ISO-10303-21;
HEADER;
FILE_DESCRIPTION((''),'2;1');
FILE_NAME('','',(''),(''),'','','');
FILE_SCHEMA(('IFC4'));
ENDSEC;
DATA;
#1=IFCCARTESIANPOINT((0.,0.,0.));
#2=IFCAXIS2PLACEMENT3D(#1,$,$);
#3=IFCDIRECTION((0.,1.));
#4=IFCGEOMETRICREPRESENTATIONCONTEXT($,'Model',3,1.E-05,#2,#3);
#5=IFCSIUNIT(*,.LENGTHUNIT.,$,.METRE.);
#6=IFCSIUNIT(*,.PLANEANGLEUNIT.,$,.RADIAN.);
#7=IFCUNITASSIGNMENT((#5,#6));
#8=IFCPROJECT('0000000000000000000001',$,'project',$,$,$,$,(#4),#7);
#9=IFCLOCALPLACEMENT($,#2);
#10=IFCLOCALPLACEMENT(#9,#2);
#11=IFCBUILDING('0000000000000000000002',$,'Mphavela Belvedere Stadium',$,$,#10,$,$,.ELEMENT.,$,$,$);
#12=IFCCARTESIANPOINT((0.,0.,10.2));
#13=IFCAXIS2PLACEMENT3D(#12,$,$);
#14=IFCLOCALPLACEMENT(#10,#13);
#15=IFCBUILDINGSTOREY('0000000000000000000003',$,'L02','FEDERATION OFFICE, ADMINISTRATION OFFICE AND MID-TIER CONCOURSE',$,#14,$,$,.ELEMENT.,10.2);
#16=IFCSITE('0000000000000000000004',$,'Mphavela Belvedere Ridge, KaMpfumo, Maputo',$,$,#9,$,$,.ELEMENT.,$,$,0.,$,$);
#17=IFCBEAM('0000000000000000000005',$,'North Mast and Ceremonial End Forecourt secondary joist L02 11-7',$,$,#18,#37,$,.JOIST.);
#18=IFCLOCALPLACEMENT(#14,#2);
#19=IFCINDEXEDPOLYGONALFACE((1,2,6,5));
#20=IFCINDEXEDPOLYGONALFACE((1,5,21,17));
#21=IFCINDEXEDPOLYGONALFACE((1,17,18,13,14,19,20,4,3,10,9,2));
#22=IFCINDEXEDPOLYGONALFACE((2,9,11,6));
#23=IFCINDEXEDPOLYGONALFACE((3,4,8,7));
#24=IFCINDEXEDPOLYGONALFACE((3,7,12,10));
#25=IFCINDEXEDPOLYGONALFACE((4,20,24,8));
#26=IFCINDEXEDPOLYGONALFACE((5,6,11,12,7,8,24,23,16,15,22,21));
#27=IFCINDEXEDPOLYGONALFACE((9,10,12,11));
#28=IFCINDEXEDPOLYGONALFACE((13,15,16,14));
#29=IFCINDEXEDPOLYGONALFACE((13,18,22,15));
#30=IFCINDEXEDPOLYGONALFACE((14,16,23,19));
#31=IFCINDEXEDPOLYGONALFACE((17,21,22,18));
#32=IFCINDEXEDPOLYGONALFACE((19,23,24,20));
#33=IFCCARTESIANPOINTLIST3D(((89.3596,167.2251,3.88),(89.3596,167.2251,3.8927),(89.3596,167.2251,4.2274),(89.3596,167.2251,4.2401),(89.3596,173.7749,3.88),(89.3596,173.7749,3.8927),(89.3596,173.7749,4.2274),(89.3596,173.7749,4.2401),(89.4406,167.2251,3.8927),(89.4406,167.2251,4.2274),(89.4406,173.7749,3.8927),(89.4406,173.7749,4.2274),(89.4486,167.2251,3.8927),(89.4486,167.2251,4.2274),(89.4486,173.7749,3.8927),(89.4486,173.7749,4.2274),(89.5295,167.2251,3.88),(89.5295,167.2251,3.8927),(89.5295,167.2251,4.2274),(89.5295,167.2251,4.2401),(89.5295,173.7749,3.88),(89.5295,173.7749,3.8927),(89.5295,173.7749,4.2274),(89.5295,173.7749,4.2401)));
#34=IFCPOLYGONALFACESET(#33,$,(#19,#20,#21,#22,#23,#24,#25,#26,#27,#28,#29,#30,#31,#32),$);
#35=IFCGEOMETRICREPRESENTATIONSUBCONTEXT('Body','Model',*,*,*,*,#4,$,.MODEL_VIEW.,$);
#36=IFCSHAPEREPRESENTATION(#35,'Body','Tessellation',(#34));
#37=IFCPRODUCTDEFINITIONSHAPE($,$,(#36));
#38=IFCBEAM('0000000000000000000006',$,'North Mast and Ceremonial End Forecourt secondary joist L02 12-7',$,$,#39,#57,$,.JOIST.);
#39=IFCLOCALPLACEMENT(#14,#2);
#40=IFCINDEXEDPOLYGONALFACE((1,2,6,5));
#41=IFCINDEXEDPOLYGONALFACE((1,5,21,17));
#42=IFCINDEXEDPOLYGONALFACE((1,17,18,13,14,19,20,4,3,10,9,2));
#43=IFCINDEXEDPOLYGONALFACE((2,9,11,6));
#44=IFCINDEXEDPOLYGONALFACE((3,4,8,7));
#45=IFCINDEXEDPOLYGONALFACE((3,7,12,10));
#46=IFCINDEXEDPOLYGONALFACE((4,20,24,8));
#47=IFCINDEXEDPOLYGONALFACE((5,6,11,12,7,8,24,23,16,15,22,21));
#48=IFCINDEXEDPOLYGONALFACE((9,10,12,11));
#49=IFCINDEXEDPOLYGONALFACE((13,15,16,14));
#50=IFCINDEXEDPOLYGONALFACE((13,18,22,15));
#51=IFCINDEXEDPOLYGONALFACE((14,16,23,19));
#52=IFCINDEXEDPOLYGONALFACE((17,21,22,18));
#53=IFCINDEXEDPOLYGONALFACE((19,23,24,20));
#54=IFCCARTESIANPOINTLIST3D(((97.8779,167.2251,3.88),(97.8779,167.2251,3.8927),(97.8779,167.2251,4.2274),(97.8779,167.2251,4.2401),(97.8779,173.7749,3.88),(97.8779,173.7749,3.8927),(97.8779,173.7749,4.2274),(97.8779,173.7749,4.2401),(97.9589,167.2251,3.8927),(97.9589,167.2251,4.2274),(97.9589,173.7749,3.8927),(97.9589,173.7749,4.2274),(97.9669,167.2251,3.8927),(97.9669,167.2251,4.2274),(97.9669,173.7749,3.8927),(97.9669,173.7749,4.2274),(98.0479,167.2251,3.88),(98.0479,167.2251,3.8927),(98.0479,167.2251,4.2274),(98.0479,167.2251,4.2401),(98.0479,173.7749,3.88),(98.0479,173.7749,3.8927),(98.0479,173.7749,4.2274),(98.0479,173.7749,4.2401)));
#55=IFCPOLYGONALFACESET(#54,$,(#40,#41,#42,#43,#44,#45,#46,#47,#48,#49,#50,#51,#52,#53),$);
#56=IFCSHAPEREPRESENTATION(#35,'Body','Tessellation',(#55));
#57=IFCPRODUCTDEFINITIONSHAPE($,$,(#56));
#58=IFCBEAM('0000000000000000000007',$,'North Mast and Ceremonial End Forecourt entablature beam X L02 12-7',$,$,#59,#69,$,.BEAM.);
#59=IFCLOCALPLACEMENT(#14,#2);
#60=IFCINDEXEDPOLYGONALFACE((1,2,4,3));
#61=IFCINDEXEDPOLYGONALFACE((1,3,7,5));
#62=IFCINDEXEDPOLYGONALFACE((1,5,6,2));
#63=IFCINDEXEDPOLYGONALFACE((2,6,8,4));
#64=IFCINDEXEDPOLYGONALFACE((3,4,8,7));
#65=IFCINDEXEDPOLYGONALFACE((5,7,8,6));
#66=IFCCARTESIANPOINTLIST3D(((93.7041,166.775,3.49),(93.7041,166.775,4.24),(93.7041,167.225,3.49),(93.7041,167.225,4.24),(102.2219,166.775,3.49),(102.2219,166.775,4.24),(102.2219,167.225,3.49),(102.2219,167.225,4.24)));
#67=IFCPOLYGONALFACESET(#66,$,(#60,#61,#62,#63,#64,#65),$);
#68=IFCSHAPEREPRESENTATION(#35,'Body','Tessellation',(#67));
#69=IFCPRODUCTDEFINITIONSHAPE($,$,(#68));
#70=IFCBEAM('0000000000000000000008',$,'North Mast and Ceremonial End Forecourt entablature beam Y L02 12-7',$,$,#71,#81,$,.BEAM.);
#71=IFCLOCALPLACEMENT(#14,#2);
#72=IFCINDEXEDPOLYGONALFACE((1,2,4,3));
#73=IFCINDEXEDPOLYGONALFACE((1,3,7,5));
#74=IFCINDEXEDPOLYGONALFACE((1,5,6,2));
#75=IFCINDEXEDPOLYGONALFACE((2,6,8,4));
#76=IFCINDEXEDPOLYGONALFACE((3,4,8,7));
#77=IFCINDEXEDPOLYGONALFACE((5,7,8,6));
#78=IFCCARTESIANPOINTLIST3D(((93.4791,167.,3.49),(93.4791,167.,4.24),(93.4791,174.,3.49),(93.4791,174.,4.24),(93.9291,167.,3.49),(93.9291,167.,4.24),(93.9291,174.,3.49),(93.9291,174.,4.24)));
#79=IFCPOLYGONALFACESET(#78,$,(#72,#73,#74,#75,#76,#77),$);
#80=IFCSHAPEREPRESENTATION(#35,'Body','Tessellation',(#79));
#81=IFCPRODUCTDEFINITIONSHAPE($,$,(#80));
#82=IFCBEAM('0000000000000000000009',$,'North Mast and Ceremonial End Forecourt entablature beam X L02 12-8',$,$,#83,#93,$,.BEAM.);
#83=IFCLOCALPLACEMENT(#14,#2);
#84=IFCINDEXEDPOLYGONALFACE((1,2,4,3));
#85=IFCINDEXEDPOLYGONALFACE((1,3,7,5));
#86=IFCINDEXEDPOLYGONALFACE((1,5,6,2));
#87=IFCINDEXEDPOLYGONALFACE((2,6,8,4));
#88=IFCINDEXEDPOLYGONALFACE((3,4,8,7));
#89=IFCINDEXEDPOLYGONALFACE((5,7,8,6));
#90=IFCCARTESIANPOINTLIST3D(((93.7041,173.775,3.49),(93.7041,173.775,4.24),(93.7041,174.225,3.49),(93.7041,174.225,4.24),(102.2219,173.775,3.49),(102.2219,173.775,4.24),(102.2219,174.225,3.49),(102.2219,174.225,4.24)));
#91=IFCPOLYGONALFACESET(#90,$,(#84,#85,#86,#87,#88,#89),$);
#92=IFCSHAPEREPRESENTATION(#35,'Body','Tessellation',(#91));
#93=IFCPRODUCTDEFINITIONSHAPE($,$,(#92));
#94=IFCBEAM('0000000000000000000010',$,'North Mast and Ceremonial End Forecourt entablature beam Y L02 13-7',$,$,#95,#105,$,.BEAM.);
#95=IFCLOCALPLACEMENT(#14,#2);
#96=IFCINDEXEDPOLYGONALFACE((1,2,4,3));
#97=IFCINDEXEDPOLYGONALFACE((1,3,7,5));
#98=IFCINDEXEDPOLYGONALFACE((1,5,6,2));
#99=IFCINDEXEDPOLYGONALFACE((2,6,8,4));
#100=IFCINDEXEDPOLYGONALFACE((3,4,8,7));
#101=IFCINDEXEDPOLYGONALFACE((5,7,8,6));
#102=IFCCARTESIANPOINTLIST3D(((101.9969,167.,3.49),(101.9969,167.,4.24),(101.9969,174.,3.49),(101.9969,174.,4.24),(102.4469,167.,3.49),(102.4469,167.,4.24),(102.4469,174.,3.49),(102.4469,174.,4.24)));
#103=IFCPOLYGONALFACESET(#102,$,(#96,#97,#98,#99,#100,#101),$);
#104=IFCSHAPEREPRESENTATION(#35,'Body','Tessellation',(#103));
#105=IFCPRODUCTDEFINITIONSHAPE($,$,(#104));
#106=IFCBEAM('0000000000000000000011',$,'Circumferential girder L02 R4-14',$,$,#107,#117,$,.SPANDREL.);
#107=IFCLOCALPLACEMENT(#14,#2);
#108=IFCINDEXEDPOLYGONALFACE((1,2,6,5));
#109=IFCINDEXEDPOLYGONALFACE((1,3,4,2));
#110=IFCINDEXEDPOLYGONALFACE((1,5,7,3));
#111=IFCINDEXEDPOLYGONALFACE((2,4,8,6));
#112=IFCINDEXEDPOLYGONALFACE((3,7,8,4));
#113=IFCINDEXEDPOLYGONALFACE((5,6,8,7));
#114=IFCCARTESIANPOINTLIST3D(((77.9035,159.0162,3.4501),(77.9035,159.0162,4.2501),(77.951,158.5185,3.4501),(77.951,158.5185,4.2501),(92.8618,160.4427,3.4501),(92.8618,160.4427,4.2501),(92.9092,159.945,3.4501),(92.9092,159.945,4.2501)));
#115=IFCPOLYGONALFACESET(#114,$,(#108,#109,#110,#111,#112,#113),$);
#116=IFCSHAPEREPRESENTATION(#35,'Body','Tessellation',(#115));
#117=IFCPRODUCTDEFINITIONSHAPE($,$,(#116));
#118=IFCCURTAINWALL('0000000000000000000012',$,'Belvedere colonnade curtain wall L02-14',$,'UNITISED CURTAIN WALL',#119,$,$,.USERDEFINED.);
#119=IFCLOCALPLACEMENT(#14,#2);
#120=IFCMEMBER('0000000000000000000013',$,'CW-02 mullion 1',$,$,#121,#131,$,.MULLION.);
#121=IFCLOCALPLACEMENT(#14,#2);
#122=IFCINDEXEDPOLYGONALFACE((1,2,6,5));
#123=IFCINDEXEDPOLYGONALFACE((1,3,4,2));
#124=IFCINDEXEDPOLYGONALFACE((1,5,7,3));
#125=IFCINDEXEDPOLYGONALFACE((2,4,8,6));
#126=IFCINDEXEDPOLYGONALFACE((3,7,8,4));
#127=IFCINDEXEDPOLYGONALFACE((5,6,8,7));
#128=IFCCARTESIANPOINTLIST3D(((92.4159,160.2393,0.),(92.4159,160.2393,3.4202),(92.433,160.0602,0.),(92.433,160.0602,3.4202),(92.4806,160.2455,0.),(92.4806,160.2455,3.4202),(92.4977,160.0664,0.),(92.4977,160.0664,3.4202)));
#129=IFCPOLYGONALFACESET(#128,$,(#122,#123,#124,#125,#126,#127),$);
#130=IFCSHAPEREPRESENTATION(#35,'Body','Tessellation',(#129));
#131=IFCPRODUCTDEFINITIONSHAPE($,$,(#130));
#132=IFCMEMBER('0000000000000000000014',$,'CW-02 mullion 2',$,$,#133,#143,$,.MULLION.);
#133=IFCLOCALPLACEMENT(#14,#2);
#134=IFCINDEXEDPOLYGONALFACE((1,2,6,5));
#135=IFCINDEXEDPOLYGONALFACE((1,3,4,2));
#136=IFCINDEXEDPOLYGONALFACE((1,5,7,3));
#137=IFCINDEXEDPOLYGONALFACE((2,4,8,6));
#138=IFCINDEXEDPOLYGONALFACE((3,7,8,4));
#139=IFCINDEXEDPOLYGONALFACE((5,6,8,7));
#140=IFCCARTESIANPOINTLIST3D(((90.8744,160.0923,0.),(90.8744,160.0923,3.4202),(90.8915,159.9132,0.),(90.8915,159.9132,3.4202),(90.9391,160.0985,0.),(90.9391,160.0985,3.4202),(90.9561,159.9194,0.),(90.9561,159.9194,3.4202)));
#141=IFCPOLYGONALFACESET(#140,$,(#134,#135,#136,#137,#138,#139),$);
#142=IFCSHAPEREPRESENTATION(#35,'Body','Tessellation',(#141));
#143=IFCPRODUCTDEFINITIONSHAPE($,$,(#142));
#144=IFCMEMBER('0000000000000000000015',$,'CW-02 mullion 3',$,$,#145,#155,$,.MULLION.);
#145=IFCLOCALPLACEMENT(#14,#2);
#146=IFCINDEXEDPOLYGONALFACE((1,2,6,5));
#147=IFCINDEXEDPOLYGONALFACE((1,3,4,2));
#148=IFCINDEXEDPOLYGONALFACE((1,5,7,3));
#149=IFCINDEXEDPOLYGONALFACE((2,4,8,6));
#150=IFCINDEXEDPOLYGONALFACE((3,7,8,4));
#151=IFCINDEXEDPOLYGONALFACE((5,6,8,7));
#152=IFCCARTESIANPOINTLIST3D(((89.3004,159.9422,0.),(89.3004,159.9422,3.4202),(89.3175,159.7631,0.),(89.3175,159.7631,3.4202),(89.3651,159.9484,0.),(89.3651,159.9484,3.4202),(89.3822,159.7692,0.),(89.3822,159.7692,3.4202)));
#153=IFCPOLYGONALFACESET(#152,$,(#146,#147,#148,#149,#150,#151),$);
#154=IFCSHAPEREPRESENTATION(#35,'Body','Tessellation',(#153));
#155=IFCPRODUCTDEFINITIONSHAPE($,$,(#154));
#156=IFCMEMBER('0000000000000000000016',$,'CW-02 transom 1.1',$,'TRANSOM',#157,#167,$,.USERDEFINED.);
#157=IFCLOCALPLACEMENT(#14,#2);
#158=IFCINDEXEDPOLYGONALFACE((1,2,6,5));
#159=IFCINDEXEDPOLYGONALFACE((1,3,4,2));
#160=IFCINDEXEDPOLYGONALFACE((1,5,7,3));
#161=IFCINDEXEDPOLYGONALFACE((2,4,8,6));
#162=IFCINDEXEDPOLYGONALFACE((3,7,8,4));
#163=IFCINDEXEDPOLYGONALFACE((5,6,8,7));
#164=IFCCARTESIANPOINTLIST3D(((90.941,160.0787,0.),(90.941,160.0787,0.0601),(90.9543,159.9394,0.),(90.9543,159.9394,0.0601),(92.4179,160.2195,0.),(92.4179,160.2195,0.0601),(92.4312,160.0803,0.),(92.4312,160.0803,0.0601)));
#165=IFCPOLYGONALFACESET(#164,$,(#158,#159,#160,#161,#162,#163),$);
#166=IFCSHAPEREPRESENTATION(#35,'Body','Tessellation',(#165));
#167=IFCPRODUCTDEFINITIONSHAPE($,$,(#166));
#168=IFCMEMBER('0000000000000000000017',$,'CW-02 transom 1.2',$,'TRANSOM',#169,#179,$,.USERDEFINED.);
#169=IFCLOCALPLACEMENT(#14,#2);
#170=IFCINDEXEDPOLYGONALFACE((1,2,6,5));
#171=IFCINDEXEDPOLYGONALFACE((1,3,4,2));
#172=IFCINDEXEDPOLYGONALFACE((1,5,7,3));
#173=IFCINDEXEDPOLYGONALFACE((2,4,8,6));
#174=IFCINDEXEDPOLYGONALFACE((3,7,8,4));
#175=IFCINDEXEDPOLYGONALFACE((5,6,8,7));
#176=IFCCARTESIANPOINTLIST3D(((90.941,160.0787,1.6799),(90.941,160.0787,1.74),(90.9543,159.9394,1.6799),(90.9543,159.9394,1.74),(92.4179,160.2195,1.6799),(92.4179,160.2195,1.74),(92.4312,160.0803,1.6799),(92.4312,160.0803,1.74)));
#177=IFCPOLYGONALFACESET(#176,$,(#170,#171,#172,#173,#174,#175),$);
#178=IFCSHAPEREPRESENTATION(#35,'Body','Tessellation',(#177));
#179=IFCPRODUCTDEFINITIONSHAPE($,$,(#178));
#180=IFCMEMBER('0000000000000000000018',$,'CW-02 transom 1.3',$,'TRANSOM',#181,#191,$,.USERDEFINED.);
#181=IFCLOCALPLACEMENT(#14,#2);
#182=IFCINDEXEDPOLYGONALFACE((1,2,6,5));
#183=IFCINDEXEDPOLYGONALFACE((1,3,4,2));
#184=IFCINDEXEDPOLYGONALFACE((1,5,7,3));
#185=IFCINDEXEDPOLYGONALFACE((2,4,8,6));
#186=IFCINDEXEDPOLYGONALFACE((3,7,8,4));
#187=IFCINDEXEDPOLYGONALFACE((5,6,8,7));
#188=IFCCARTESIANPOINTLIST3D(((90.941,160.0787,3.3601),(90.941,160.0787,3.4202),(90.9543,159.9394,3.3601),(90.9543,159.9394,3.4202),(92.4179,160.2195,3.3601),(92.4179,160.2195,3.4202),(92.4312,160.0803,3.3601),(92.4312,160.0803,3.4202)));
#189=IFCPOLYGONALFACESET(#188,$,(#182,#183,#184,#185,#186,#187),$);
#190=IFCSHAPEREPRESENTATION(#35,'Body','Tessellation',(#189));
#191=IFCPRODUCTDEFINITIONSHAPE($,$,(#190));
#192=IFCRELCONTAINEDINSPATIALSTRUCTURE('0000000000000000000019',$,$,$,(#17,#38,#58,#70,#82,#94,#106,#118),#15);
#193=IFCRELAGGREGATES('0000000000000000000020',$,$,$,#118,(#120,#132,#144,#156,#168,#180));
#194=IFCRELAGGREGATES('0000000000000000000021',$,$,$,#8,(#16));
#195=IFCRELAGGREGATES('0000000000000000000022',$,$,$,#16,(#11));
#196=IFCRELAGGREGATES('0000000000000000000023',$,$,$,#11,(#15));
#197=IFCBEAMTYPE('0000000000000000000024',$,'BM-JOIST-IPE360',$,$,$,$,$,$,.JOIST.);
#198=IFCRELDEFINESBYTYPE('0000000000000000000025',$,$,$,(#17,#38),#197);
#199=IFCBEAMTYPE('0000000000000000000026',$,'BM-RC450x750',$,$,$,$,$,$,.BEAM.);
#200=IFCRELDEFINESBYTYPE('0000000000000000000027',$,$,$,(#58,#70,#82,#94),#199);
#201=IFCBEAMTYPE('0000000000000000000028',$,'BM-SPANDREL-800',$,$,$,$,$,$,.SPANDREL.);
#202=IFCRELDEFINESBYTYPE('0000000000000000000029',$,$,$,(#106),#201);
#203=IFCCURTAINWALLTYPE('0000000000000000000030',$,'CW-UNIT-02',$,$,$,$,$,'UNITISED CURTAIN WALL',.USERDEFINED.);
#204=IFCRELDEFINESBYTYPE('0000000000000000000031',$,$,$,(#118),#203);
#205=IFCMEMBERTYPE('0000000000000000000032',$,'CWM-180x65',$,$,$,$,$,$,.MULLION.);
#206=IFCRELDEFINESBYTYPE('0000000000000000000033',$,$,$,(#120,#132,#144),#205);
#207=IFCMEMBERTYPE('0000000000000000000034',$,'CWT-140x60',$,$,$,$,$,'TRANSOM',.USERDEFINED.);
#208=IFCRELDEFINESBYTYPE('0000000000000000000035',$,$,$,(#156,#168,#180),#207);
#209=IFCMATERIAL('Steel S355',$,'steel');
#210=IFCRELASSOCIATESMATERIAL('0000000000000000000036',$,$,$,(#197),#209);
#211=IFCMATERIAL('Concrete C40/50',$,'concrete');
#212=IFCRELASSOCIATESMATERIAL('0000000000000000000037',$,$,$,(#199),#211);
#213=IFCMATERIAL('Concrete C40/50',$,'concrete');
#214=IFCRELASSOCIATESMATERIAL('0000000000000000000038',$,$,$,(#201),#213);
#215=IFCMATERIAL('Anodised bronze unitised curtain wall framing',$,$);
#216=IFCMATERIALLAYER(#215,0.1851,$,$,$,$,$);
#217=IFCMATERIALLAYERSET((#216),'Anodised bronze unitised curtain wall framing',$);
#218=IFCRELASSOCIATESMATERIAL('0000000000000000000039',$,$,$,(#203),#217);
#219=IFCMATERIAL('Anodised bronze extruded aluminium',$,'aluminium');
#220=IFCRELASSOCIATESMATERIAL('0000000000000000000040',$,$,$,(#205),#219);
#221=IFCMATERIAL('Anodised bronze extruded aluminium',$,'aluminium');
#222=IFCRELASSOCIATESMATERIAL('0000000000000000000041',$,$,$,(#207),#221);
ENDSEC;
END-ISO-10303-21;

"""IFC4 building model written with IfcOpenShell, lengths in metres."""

from ifc_helpers import new_model, si_unit, direction, frame, origin, origin_2d, place, context, subcontext, project, spatial, rectangle, i_section, extrude, material, layer, layer_set, material_profile, profile_set, type_object, element, aggregate, save


model = new_model("IFC4")

# Units and contexts
model_context = context("Model", 3, precision=1e-05, world=origin(), true_north=direction((0.0, 1.0)))
body_context = subcontext(model_context, "Body", "Model", "MODEL_VIEW")
ifc_project = project(units=[si_unit("LENGTHUNIT", "METRE"), si_unit("PLANEANGLEUNIT", "RADIAN")], contexts=[model_context])

# Site, building, storey
site_placement = place(None, origin())
site = spatial("IfcSite", under=ifc_project, at=site_placement, Name="Mphavela Belvedere Ridge, KaMpfumo, Maputo", CompositionType="ELEMENT", RefElevation=0.0)
building_placement = place(site_placement, origin())
building = spatial("IfcBuilding", under=site, at=building_placement, Name="Mphavela Belvedere Stadium", CompositionType="ELEMENT")
storey_placement = place(building_placement, frame((0.0, 0.0, 10.2)))
storey = spatial("IfcBuildingStorey", under=building, at=storey_placement, Name="L02", Description="FEDERATION OFFICE, ADMINISTRATION OFFICE AND MID-TIER CONCOURSE", CompositionType="ELEMENT", Elevation=10.2)

# Beams
ifc_material_1 = material(Name="Steel S355", Category="steel")
ifc_material_profile_1 = material_profile(ifc_material_1, i_section(OverallWidth=0.1699, OverallDepth=0.3601, WebThickness=0.0081, FlangeThickness=0.0127, at=origin_2d()), Name="IPE 360")
ifc_profile_set_1 = profile_set([ifc_material_profile_1], Name="Steel S355")
beam_type_1 = type_object("IfcBeamType", Name="BM-JOIST-IPE360", PredefinedType="JOIST", material=ifc_profile_set_1)
for number, where, z_axis, x_axis, name in (
    (1, (89.4446, 167.2251, 4.0601), (0.0, 1.0, 0.0), (-1.0, 0.0, 0.0), "North Mast and Ceremonial End Forecourt secondary joist L02 11-7"),
    (2, (97.9629, 167.2251, 4.0601), (0.0, 1.0, 0.0), (-1.0, 0.0, 0.0), "North Mast and Ceremonial End Forecourt secondary joist L02 12-7"),
):
    element("IfcBeam", number, at=place(storey_placement, frame(where, z_axis=z_axis, x_axis=x_axis)), inside=storey, type_object=beam_type_1, Name=name, PredefinedType="JOIST", context=body_context, shape_type="SweptSolid", body=[
        extrude(i_section(OverallWidth=0.1699, OverallDepth=0.3601, WebThickness=0.0081, FlangeThickness=0.0127, at=origin_2d()), origin(), (0.0, 0.0, 1.0), 6.5498),
    ])
ifc_material_2 = material(Name="Concrete C40/50", Category="concrete")
ifc_material_profile_2 = material_profile(ifc_material_2, rectangle(XDim=0.45, YDim=0.75, at=origin_2d()), Name="RC 450x750")
ifc_profile_set_2 = profile_set([ifc_material_profile_2], Name="Concrete C40/50")
beam_type_2 = type_object("IfcBeamType", Name="BM-RC450x750", PredefinedType="BEAM", material=ifc_profile_set_2)
beam_1_placement = place(storey_placement, frame((93.7041, 167.0, 3.865), z_axis=(1.0, 0.0, 0.0), x_axis=(0.0, 1.0, 0.0)))
element("IfcBeam", 3, at=beam_1_placement, inside=storey, type_object=beam_type_2, Name="North Mast and Ceremonial End Forecourt entablature beam X L02 12-7", PredefinedType="BEAM", context=body_context, shape_type="SweptSolid", body=[
    extrude(rectangle(XDim=0.45, YDim=0.75, at=origin_2d()), origin(), (0.0, 0.0, 1.0), 8.5178),
])
beam_2_placement = place(storey_placement, frame((93.7041, 167.0, 3.865), z_axis=(0.0, 1.0, 0.0), x_axis=(-1.0, 0.0, 0.0)))
element("IfcBeam", 4, at=beam_2_placement, inside=storey, type_object=beam_type_2, Name="North Mast and Ceremonial End Forecourt entablature beam Y L02 12-7", PredefinedType="BEAM", context=body_context, shape_type="SweptSolid", body=[
    extrude(rectangle(XDim=0.45, YDim=0.75, at=origin_2d()), origin(), (0.0, 0.0, 1.0), 7.0),
])
beam_3_placement = place(storey_placement, frame((93.7041, 174.0, 3.865), z_axis=(1.0, 0.0, 0.0), x_axis=(0.0, 1.0, 0.0)))
element("IfcBeam", 5, at=beam_3_placement, inside=storey, type_object=beam_type_2, Name="North Mast and Ceremonial End Forecourt entablature beam X L02 12-8", PredefinedType="BEAM", context=body_context, shape_type="SweptSolid", body=[
    extrude(rectangle(XDim=0.45, YDim=0.75, at=origin_2d()), origin(), (0.0, 0.0, 1.0), 8.5178),
])
beam_4_placement = place(storey_placement, frame((102.2219, 167.0, 3.865), z_axis=(0.0, 1.0, 0.0), x_axis=(-1.0, 0.0, 0.0)))
element("IfcBeam", 6, at=beam_4_placement, inside=storey, type_object=beam_type_2, Name="North Mast and Ceremonial End Forecourt entablature beam Y L02 13-7", PredefinedType="BEAM", context=body_context, shape_type="SweptSolid", body=[
    extrude(rectangle(XDim=0.45, YDim=0.75, at=origin_2d()), origin(), (0.0, 0.0, 1.0), 7.0),
])
ifc_material_3 = material(Name="Concrete C40/50", Category="concrete")
ifc_material_profile_3 = material_profile(ifc_material_3, rectangle(XDim=0.5, YDim=0.8, at=origin_2d()), Name="RC 500x800")
ifc_profile_set_3 = profile_set([ifc_material_profile_3], Name="Concrete C40/50")
beam_type_3 = type_object("IfcBeamType", Name="BM-SPANDREL-800", PredefinedType="SPANDREL", material=ifc_profile_set_3)
beam_5_placement = place(storey_placement, frame((92.8855, 160.1938, 3.8501), z_axis=(-0.995483, -0.094936, 0.0), x_axis=(0.094936, -0.995483, 0.0)))
element("IfcBeam", 7, at=beam_5_placement, inside=storey, type_object=beam_type_3, Name="Circumferential girder L02 R4-14", PredefinedType="SPANDREL", context=body_context, shape_type="SweptSolid", body=[
    extrude(rectangle(XDim=0.5, YDim=0.8, at=origin_2d()), origin(), (0.0, 0.0, 1.0), 15.0261),
])

# Curtain wall, members
ifc_material_4 = material(Name="Anodised bronze unitised curtain wall framing")
ifc_layer_1 = layer(ifc_material_4, 0.1851)
ifc_layer_set_1 = layer_set([ifc_layer_1], Name="Anodised bronze unitised curtain wall framing")
curtain_wall_type = type_object("IfcCurtainWallType", Name="CW-UNIT-02", ElementType="UNITISED CURTAIN WALL", PredefinedType="USERDEFINED", material=ifc_layer_set_1)
curtain_wall_placement = place(storey_placement, origin())
curtain_wall = element("IfcCurtainWall", 8, at=curtain_wall_placement, inside=storey, type_object=curtain_wall_type, Name="Belvedere colonnade curtain wall L02-14", ObjectType="UNITISED CURTAIN WALL", PredefinedType="USERDEFINED")
ifc_material_5 = material(Name="Anodised bronze extruded aluminium", Category="aluminium")
ifc_material_profile_4 = material_profile(ifc_material_5, rectangle(XDim=0.1799, YDim=0.0649, at=origin_2d()), Name="CW-MUL 180x65")
ifc_profile_set_4 = profile_set([ifc_material_profile_4], Name="Anodised bronze extruded aluminium")
member_type_1 = type_object("IfcMemberType", Name="CWM-180x65", PredefinedType="MULLION", material=ifc_profile_set_4)
member_1_placement = place(storey_placement, frame((92.4568, 160.1528, 0.0), z_axis=(0.0, 0.0, 1.0), x_axis=(0.094926, -0.995484, 0.0)))
member_1 = element("IfcMember", 9, at=member_1_placement, type_object=member_type_1, Name="CW-02 mullion 1", PredefinedType="MULLION", context=body_context, shape_type="SweptSolid", body=[
    extrude(rectangle(XDim=0.1799, YDim=0.0649, at=origin_2d()), origin(), (0.0, 0.0, 1.0), 3.4202),
])
member_2_placement = place(storey_placement, frame((90.9153, 160.0059, 0.0), z_axis=(0.0, 0.0, 1.0), x_axis=(0.094926, -0.995484, 0.0)))
member_2 = element("IfcMember", 10, at=member_2_placement, type_object=member_type_1, Name="CW-02 mullion 2", PredefinedType="MULLION", context=body_context, shape_type="SweptSolid", body=[
    extrude(rectangle(XDim=0.1799, YDim=0.0649, at=origin_2d()), origin(), (0.0, 0.0, 1.0), 3.4202),
])
member_3_placement = place(storey_placement, frame((89.3413, 159.8557, 0.0), z_axis=(0.0, 0.0, 1.0), x_axis=(0.094926, -0.995484, 0.0)))
member_3 = element("IfcMember", 11, at=member_3_placement, type_object=member_type_1, Name="CW-02 mullion 3", PredefinedType="MULLION", context=body_context, shape_type="SweptSolid", body=[
    extrude(rectangle(XDim=0.1799, YDim=0.0649, at=origin_2d()), origin(), (0.0, 0.0, 1.0), 3.4202),
])
ifc_material_6 = material(Name="Anodised bronze extruded aluminium", Category="aluminium")
ifc_material_profile_5 = material_profile(ifc_material_6, rectangle(XDim=0.1399, YDim=0.0601, at=origin_2d()), Name="CW-TRN 140x60")
ifc_profile_set_5 = profile_set([ifc_material_profile_5], Name="Anodised bronze extruded aluminium")
member_type_2 = type_object("IfcMemberType", Name="CWT-140x60", ElementType="TRANSOM", PredefinedType="USERDEFINED", material=ifc_profile_set_5)
member_4_placement = place(storey_placement, frame((92.4246, 160.1499, 0.03), z_axis=(-0.995483, -0.094941, 0.0), x_axis=(0.094941, -0.995483, 0.0)))
member_4 = element("IfcMember", 12, at=member_4_placement, type_object=member_type_2, Name="CW-02 transom 1.1", ObjectType="TRANSOM", PredefinedType="USERDEFINED", context=body_context, shape_type="SweptSolid", body=[
    extrude(rectangle(XDim=0.1399, YDim=0.0601, at=origin_2d()), origin(), (0.0, 0.0, 1.0), 1.4836),
])
member_5_placement = place(storey_placement, frame((92.4246, 160.1499, 1.71), z_axis=(-0.995483, -0.094941, 0.0), x_axis=(0.094941, -0.995483, 0.0)))
member_5 = element("IfcMember", 13, at=member_5_placement, type_object=member_type_2, Name="CW-02 transom 1.2", ObjectType="TRANSOM", PredefinedType="USERDEFINED", context=body_context, shape_type="SweptSolid", body=[
    extrude(rectangle(XDim=0.1399, YDim=0.0601, at=origin_2d()), origin(), (0.0, 0.0, 1.0), 1.4836),
])
member_6_placement = place(storey_placement, frame((92.4246, 160.1499, 3.3901), z_axis=(-0.995483, -0.094941, 0.0), x_axis=(0.094941, -0.995483, 0.0)))
member_6 = element("IfcMember", 14, at=member_6_placement, type_object=member_type_2, Name="CW-02 transom 1.3", ObjectType="TRANSOM", PredefinedType="USERDEFINED", context=body_context, shape_type="SweptSolid", body=[
    extrude(rectangle(XDim=0.1399, YDim=0.0601, at=origin_2d()), origin(), (0.0, 0.0, 1.0), 1.4836),
])
aggregate(curtain_wall, [member_1, member_2, member_3, member_4, member_5, member_6])

save(model, "model.ifc")
